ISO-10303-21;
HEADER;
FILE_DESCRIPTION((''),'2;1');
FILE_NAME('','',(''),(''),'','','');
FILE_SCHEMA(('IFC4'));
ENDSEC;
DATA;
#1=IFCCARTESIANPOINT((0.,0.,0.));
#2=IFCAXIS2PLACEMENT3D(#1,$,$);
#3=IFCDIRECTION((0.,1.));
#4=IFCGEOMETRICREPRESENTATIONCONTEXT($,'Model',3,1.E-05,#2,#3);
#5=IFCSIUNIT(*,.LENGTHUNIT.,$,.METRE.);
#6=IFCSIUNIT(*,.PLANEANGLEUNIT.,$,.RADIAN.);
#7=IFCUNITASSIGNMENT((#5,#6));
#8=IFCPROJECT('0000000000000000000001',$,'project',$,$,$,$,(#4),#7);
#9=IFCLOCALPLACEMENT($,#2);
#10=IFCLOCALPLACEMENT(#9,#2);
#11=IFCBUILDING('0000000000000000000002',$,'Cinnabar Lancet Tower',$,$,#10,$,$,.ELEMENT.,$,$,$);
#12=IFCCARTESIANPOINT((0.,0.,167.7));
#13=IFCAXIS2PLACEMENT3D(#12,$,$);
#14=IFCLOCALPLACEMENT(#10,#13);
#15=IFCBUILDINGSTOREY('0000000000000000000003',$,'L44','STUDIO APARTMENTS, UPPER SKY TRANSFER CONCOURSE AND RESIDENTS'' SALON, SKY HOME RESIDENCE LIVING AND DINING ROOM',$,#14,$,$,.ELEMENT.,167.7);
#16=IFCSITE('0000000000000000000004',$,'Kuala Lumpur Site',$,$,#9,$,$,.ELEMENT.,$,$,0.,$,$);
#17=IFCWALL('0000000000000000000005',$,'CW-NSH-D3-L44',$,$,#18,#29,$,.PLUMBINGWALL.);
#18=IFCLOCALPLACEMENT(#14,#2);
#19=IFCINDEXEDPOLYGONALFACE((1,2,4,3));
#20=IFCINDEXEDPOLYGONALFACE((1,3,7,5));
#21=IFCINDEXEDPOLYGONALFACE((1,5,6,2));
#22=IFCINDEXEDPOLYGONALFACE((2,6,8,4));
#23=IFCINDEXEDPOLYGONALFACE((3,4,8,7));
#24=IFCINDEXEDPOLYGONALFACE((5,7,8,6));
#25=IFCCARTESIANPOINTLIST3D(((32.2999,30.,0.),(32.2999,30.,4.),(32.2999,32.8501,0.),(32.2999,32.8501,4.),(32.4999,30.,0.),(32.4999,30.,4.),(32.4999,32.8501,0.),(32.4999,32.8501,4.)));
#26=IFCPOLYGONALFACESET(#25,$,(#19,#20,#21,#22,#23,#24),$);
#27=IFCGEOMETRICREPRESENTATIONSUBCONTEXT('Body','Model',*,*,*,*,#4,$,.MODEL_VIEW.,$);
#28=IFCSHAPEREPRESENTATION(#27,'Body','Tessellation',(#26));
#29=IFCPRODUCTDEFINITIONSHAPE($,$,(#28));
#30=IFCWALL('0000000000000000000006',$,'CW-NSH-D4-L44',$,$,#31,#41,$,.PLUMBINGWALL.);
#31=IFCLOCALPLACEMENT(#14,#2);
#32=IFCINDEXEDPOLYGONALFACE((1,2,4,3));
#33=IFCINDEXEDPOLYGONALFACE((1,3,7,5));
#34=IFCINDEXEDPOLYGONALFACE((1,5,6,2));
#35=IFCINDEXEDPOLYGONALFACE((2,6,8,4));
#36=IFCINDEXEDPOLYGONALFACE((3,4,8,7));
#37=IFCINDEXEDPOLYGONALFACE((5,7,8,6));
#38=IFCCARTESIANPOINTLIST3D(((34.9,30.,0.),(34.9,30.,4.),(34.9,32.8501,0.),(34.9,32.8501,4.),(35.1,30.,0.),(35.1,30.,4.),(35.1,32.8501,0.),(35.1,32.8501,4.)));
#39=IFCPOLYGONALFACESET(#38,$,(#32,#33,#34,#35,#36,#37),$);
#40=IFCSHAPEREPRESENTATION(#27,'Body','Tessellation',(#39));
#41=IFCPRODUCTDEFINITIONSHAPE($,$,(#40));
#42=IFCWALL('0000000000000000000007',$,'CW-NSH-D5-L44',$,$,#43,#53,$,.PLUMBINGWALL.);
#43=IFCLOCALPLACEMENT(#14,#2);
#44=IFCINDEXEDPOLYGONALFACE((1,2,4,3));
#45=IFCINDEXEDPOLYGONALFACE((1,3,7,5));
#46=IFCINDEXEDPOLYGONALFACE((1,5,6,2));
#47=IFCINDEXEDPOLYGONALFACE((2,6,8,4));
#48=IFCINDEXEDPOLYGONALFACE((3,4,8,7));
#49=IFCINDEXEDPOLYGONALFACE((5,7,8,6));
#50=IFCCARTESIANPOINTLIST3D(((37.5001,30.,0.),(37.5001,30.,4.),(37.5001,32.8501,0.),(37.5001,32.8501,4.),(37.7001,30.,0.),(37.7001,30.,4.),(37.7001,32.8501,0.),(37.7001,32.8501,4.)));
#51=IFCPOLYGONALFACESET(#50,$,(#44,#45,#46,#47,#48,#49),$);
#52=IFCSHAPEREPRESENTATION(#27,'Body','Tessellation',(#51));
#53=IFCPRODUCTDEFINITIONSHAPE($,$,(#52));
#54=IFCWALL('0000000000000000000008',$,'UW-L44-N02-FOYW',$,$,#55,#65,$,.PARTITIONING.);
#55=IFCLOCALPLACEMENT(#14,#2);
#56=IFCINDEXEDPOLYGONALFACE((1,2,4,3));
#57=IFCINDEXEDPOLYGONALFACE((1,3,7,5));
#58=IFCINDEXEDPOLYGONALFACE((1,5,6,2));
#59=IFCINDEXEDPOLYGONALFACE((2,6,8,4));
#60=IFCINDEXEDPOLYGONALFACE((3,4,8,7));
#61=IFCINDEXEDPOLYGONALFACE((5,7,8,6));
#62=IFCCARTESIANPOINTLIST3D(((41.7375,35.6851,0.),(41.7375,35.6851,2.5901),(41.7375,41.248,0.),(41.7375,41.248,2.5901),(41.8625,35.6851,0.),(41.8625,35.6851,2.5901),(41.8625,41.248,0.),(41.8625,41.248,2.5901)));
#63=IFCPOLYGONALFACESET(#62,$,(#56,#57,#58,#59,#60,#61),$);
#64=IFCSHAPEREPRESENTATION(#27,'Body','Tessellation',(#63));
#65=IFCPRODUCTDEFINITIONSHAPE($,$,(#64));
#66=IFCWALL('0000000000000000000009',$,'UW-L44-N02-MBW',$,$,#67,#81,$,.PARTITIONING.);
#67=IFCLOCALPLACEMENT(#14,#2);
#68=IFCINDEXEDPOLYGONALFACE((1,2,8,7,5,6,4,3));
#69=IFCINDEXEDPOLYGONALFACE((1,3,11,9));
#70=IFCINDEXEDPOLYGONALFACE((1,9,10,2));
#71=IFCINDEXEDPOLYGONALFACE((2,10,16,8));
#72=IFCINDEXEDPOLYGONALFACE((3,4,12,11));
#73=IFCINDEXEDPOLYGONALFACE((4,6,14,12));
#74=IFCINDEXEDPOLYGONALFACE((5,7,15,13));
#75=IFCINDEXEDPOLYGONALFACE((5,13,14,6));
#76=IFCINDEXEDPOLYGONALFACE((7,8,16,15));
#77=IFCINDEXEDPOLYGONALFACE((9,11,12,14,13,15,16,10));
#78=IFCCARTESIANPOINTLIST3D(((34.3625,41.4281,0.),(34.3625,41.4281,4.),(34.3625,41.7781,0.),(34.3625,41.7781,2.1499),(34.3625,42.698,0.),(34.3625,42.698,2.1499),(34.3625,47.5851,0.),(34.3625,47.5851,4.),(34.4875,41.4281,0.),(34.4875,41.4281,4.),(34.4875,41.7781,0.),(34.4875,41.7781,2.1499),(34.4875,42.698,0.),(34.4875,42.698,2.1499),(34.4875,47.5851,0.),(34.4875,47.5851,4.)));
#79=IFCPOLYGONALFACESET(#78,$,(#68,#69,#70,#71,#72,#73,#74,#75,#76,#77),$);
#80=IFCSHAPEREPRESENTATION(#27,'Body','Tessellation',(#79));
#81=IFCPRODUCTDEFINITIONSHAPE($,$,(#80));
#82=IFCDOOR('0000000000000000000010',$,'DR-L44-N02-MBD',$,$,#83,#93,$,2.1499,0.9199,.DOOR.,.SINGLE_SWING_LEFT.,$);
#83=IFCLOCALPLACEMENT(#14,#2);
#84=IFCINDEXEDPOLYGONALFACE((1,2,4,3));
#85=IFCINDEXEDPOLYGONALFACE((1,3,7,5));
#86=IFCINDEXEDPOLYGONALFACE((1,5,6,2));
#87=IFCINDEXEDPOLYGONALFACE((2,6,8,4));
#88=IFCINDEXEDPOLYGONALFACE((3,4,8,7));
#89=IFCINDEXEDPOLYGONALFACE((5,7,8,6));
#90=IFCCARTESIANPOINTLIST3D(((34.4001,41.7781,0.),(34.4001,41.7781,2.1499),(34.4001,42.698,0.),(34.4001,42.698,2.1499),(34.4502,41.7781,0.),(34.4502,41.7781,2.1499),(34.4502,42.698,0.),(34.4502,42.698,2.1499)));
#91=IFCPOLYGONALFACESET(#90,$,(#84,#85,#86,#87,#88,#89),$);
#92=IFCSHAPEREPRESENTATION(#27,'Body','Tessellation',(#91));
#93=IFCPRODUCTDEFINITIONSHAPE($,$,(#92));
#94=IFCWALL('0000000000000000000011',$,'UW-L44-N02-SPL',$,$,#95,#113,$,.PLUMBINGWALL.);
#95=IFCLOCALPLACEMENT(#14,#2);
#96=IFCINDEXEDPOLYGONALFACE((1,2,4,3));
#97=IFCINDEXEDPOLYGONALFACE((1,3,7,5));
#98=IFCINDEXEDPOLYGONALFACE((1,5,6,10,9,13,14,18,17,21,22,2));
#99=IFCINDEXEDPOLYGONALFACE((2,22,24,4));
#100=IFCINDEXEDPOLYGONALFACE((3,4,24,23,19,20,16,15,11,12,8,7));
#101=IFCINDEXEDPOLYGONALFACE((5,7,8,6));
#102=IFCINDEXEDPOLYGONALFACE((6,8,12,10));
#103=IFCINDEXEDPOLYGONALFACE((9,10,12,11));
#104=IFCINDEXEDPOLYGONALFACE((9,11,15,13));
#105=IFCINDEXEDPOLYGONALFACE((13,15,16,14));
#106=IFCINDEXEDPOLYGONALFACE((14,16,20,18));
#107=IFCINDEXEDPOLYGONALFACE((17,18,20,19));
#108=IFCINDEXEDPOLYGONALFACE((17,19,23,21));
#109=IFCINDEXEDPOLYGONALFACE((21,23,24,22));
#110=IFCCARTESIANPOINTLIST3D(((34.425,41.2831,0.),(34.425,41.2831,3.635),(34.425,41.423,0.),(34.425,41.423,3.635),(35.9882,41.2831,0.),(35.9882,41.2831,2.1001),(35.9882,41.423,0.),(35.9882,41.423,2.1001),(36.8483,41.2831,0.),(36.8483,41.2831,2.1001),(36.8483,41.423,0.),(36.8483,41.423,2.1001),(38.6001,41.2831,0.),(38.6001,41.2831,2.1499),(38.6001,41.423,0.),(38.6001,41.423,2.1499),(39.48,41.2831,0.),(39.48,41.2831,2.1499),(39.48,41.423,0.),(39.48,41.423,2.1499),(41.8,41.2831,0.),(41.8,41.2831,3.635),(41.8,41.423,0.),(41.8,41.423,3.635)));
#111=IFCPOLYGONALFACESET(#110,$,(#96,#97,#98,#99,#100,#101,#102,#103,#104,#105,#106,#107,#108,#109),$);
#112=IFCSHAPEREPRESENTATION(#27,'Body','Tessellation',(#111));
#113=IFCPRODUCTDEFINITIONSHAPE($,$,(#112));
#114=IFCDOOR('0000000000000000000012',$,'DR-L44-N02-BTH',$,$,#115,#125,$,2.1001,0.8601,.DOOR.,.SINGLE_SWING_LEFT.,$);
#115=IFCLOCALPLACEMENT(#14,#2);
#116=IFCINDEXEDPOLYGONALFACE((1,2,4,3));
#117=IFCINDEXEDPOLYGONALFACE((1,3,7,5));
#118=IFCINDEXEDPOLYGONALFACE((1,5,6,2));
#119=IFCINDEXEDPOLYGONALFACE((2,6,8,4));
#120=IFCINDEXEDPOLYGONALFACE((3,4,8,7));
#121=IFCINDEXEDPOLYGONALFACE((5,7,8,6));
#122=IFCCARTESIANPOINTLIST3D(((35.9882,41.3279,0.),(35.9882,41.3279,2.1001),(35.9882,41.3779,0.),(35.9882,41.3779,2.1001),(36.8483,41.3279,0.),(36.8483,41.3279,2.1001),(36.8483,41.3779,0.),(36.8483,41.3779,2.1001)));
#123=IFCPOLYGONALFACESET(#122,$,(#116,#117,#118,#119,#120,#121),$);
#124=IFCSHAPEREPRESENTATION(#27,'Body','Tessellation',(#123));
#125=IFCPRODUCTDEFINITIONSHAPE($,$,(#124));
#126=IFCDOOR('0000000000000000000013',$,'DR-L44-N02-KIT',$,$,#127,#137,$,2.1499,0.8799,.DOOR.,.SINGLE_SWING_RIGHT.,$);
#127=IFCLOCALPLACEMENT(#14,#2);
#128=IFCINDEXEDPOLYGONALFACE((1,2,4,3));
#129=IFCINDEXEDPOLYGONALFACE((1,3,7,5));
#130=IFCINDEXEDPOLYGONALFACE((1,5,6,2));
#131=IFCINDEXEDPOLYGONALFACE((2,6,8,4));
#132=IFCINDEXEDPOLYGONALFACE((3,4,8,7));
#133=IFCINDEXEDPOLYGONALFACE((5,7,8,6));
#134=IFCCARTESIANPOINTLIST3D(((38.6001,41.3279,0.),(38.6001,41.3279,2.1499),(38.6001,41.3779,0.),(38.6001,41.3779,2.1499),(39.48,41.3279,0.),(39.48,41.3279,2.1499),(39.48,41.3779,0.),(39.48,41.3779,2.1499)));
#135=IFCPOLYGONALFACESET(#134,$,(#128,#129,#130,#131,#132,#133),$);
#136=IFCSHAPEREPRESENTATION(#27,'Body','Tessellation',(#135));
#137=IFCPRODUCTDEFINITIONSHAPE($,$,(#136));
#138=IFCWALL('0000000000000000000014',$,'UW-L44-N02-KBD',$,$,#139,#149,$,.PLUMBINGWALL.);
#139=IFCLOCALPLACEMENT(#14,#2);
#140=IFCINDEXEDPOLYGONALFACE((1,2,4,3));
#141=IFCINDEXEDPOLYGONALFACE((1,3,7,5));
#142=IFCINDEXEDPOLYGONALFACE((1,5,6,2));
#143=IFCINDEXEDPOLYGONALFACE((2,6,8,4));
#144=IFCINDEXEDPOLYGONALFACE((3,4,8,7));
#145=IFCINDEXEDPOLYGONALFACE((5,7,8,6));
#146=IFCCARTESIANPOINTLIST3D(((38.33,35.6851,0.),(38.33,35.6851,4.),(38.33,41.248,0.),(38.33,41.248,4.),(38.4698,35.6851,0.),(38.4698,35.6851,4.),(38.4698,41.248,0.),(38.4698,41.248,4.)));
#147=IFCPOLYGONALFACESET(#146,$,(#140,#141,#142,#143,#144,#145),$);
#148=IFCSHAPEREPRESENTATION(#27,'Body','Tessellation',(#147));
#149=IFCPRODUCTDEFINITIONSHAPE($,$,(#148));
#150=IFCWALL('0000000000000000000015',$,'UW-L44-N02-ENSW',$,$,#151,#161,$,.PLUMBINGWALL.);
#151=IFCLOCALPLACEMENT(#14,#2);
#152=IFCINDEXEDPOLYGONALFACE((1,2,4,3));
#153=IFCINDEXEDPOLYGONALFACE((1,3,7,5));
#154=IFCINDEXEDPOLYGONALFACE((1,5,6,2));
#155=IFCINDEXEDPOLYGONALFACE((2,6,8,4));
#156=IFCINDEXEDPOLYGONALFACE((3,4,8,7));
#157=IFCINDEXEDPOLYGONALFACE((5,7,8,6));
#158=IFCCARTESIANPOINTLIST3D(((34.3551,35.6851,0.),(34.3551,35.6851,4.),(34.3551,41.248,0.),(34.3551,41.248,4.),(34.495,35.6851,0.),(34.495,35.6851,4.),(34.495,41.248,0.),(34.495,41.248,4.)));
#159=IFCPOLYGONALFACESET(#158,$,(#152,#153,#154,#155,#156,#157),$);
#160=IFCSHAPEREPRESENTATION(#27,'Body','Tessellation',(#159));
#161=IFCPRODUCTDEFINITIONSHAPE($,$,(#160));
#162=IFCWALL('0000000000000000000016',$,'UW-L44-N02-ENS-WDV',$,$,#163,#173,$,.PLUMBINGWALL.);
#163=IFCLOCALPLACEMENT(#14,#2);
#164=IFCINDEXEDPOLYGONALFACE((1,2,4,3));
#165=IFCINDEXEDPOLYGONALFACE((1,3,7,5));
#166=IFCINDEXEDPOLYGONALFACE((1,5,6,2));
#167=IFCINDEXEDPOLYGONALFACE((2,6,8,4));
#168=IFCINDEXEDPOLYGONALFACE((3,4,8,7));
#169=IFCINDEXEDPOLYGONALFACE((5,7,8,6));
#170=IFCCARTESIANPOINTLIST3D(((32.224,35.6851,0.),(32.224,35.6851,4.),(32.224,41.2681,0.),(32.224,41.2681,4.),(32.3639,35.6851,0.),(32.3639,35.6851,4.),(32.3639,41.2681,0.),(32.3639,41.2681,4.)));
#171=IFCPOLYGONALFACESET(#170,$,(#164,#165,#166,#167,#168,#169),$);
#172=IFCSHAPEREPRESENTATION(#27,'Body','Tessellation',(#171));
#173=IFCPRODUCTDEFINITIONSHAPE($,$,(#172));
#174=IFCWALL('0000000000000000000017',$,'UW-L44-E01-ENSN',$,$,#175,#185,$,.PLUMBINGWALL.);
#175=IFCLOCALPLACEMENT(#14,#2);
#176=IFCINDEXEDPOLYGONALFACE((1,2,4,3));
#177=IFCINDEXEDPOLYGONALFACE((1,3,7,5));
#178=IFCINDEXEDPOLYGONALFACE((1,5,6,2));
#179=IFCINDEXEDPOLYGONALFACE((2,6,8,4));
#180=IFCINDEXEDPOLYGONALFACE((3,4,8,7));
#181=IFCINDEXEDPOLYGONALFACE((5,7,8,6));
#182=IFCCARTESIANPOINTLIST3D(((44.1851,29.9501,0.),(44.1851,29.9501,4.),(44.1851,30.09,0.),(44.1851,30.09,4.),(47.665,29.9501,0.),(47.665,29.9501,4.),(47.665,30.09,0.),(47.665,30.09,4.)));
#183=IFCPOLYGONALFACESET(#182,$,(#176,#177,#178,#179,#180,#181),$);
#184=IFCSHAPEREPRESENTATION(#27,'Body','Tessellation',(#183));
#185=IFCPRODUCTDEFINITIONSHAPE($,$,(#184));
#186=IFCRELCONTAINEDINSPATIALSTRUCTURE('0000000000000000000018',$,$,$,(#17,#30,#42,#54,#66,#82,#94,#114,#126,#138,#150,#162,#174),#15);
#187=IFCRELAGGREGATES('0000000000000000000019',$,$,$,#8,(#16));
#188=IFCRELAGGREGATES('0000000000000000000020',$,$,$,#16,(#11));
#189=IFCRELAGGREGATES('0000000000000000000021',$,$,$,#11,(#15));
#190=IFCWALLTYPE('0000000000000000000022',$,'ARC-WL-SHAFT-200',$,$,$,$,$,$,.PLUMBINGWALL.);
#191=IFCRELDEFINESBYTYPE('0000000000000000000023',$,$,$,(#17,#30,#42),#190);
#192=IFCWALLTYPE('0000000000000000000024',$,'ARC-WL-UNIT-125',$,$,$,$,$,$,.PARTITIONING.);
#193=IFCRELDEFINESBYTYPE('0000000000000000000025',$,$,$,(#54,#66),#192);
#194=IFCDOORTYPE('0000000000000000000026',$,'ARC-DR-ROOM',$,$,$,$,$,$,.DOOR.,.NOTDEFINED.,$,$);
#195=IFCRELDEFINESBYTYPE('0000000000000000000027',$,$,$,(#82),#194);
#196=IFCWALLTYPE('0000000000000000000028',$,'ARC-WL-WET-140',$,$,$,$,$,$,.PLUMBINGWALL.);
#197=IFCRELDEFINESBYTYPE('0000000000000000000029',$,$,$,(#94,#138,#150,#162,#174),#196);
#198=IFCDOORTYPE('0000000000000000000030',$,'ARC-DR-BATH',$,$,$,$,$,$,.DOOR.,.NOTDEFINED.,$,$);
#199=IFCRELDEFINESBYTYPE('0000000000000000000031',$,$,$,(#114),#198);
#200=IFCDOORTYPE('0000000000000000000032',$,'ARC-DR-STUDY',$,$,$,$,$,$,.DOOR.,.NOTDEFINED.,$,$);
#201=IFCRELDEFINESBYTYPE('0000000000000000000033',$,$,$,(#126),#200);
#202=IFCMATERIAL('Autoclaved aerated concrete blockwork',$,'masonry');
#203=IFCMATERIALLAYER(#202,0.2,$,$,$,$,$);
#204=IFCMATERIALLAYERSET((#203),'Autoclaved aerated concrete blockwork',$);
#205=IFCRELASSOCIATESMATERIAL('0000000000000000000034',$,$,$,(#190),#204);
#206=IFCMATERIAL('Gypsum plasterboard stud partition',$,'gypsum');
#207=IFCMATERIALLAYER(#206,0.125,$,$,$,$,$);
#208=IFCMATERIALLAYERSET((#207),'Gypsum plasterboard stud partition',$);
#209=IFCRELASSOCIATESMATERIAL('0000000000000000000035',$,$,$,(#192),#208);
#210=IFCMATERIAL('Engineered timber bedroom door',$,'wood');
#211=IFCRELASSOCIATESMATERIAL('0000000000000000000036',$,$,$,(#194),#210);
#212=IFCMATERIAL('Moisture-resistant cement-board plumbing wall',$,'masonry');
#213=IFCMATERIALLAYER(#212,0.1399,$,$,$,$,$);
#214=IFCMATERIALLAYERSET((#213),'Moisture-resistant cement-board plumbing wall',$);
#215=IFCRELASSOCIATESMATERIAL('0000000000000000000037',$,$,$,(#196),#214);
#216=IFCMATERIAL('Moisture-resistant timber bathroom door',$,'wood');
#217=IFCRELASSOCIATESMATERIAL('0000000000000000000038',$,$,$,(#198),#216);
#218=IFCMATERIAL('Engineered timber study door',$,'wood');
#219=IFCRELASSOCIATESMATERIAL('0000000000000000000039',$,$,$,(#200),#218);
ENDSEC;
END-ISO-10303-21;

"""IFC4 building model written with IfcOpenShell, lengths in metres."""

from ifc_helpers import new_model, si_unit, direction, frame, frame_2d, origin, place, context, subcontext, project, spatial, rectangle, extrude, material, layer, layer_set, type_object, element, fill, save


model = new_model("IFC4")

# Units and contexts
model_context = context("Model", 3, precision=1e-05, world=origin(), true_north=direction((0.0, 1.0)))
body_context = subcontext(model_context, "Body", "Model", "MODEL_VIEW")
ifc_project = project(units=[si_unit("LENGTHUNIT", "METRE"), si_unit("PLANEANGLEUNIT", "RADIAN")], contexts=[model_context])

# Site, building, storey
site_placement = place(None, origin())
site = spatial("IfcSite", under=ifc_project, at=site_placement, Name="Kuala Lumpur Site", CompositionType="ELEMENT", RefElevation=0.0)
building_placement = place(site_placement, origin())
building = spatial("IfcBuilding", under=site, at=building_placement, Name="Cinnabar Lancet Tower", CompositionType="ELEMENT")
storey_placement = place(building_placement, frame((0.0, 0.0, 167.7)))
storey = spatial("IfcBuildingStorey", under=building, at=storey_placement, Name="L44", Description="STUDIO APARTMENTS, UPPER SKY TRANSFER CONCOURSE AND RESIDENTS' SALON, SKY HOME RESIDENCE LIVING AND DINING ROOM", CompositionType="ELEMENT", Elevation=167.7)

# Shared definitions
ifc_material_1 = material(Name="Autoclaved aerated concrete blockwork", Category="masonry")
ifc_layer_1 = layer(ifc_material_1, 0.2)
ifc_layer_set_1 = layer_set([ifc_layer_1], Name="Autoclaved aerated concrete blockwork")
wall_type_1 = type_object("IfcWallType", Name="ARC-WL-SHAFT-200", PredefinedType="PLUMBINGWALL", material=ifc_layer_set_1)

# Walls
for number, where, z_axis, x_axis, name in (
    (1, (32.3999, 30.0, 0.0), (0.0, 0.0, 1.0), (0.0, 1.0, 0.0), "CW-NSH-D3-L44"),
    (2, (35.0, 30.0, 0.0), (0.0, 0.0, 1.0), (0.0, 1.0, 0.0), "CW-NSH-D4-L44"),
    (3, (37.6001, 30.0, 0.0), (0.0, 0.0, 1.0), (0.0, 1.0, 0.0), "CW-NSH-D5-L44"),
):
    element("IfcWall", number, at=place(storey_placement, frame(where, z_axis=z_axis, x_axis=x_axis)), inside=storey, type_object=wall_type_1, Name=name, PredefinedType="PLUMBINGWALL", context=body_context, shape_type="SweptSolid", body=[
        extrude(rectangle(XDim=2.8501, YDim=0.2, at=frame_2d((1.425, 0.0))), origin(), (0.0, 0.0, 1.0), 4.0),
    ])
ifc_material_2 = material(Name="Gypsum plasterboard stud partition", Category="gypsum")
ifc_layer_2 = layer(ifc_material_2, 0.125)
ifc_layer_set_2 = layer_set([ifc_layer_2], Name="Gypsum plasterboard stud partition")
wall_type_2 = type_object("IfcWallType", Name="ARC-WL-UNIT-125", PredefinedType="PARTITIONING", material=ifc_layer_set_2)
wall_1_placement = place(storey_placement, frame((41.8, 35.6851, 0.0), z_axis=(0.0, 0.0, 1.0), x_axis=(0.0, 1.0, 0.0)))
element("IfcWall", 4, at=wall_1_placement, inside=storey, type_object=wall_type_2, Name="UW-L44-N02-FOYW", PredefinedType="PARTITIONING", context=body_context, shape_type="SweptSolid", body=[
    extrude(rectangle(XDim=5.563, YDim=0.125, at=frame_2d((2.7815, 0.0))), origin(), (0.0, 0.0, 1.0), 2.5901),
])

# Wall, opening, door
wall_2_placement = place(storey_placement, frame((34.425, 41.428, 0.0), z_axis=(0.0, 0.0, 1.0), x_axis=(0.0, 1.0, 0.0)))
wall_2 = element("IfcWall", 5, at=wall_2_placement, inside=storey, type_object=wall_type_2, Name="UW-L44-N02-MBW", PredefinedType="PARTITIONING", context=body_context, shape_type="SweptSolid", body=[
    extrude(rectangle(XDim=6.157, YDim=0.125, at=frame_2d((3.0786, 0.0))), origin(), (0.0, 0.0, 1.0), 4.0),
])
opening_1_placement = place(wall_2_placement, frame((0.3501, 0.0, 0.0)))
opening_1 = element("IfcOpeningElement", 6, at=opening_1_placement, cuts=wall_2, PredefinedType="OPENING", context=body_context, shape_type="SweptSolid", body=[
    extrude(rectangle(XDim=0.9199, YDim=2.1499, at=frame_2d((0.46, 1.075))), frame((0.0, 0.0725, 0.0), z_axis=(0.0, -1.0, 0.0), x_axis=(1.0, 0.0, 0.0)), (0.0, 0.0, 1.0), 0.145),
])
ifc_material_3 = material(Name="Engineered timber bedroom door", Category="wood")
door_type_1 = type_object("IfcDoorType", Name="ARC-DR-ROOM", OperationType="NOTDEFINED", PredefinedType="DOOR", material=ifc_material_3)
door_1_placement = place(opening_1_placement, origin())
door_1 = element("IfcDoor", 7, at=door_1_placement, inside=storey, type_object=door_type_1, Name="DR-L44-N02-MBD", OperationType="SINGLE_SWING_LEFT", OverallHeight=2.1499, OverallWidth=0.9199, PredefinedType="DOOR", context=body_context, shape_type="SweptSolid", body=[
    extrude(rectangle(XDim=0.9199, YDim=2.1499, at=frame_2d((0.46, 1.075))), frame((0.0, 0.0249, 0.0), z_axis=(0.0, -1.0, 0.0), x_axis=(1.0, 0.0, 0.0)), (0.0, 0.0, 1.0), 0.05),
])
fill(opening_1, door_1)

# Wall, openings, doors
ifc_material_4 = material(Name="Moisture-resistant cement-board plumbing wall", Category="masonry")
ifc_layer_3 = layer(ifc_material_4, 0.1399)
ifc_layer_set_3 = layer_set([ifc_layer_3], Name="Moisture-resistant cement-board plumbing wall")
wall_type_3 = type_object("IfcWallType", Name="ARC-WL-WET-140", PredefinedType="PLUMBINGWALL", material=ifc_layer_set_3)
wall_3_placement = place(storey_placement, frame((34.425, 41.353, 0.0), z_axis=(0.0, 0.0, 1.0), x_axis=(1.0, 0.0, 0.0)))
wall_3 = element("IfcWall", 8, at=wall_3_placement, inside=storey, type_object=wall_type_3, Name="UW-L44-N02-SPL", PredefinedType="PLUMBINGWALL", context=body_context, shape_type="SweptSolid", body=[
    extrude(rectangle(XDim=7.375, YDim=0.1399, at=frame_2d((3.6875, 0.0))), origin(), (0.0, 0.0, 1.0), 3.635),
])
opening_2_placement = place(wall_3_placement, frame((1.563, 0.0, 0.0)))
opening_2 = element("IfcOpeningElement", 9, at=opening_2_placement, cuts=wall_3, PredefinedType="OPENING", context=body_context, shape_type="SweptSolid", body=[
    extrude(rectangle(XDim=0.8601, YDim=2.1001, at=frame_2d((0.4302, 1.05))), frame((0.0, 0.0798, 0.0), z_axis=(0.0, -1.0, 0.0), x_axis=(1.0, 0.0, 0.0)), (0.0, 0.0, 1.0), 0.1599),
])
opening_3_placement = place(wall_3_placement, frame((4.175, 0.0, 0.0)))
opening_3 = element("IfcOpeningElement", 10, at=opening_3_placement, cuts=wall_3, PredefinedType="OPENING", context=body_context, shape_type="SweptSolid", body=[
    extrude(rectangle(XDim=0.8799, YDim=2.1499, at=frame_2d((0.4399, 1.075))), frame((0.0, 0.0798, 0.0), z_axis=(0.0, -1.0, 0.0), x_axis=(1.0, 0.0, 0.0)), (0.0, 0.0, 1.0), 0.1599),
])
ifc_material_5 = material(Name="Moisture-resistant timber bathroom door", Category="wood")
door_type_2 = type_object("IfcDoorType", Name="ARC-DR-BATH", OperationType="NOTDEFINED", PredefinedType="DOOR", material=ifc_material_5)
door_2_placement = place(opening_2_placement, origin())
door_2 = element("IfcDoor", 11, at=door_2_placement, inside=storey, type_object=door_type_2, Name="DR-L44-N02-BTH", OperationType="SINGLE_SWING_LEFT", OverallHeight=2.1001, OverallWidth=0.8601, PredefinedType="DOOR", context=body_context, shape_type="SweptSolid", body=[
    extrude(rectangle(XDim=0.8601, YDim=2.1001, at=frame_2d((0.4302, 1.05))), frame((0.0, 0.0249, 0.0), z_axis=(0.0, -1.0, 0.0), x_axis=(1.0, 0.0, 0.0)), (0.0, 0.0, 1.0), 0.05),
])
fill(opening_2, door_2)
ifc_material_6 = material(Name="Engineered timber study door", Category="wood")
door_type_3 = type_object("IfcDoorType", Name="ARC-DR-STUDY", OperationType="NOTDEFINED", PredefinedType="DOOR", material=ifc_material_6)
door_3_placement = place(opening_3_placement, origin())
door_3 = element("IfcDoor", 12, at=door_3_placement, inside=storey, type_object=door_type_3, Name="DR-L44-N02-KIT", OperationType="SINGLE_SWING_RIGHT", OverallHeight=2.1499, OverallWidth=0.8799, PredefinedType="DOOR", context=body_context, shape_type="SweptSolid", body=[
    extrude(rectangle(XDim=0.8799, YDim=2.1499, at=frame_2d((0.4399, 1.075))), frame((0.0, 0.0249, 0.0), z_axis=(0.0, -1.0, 0.0), x_axis=(1.0, 0.0, 0.0)), (0.0, 0.0, 1.0), 0.05),
])
fill(opening_3, door_3)

# Walls
for number, where, z_axis, x_axis, name in (
    (13, (38.3999, 35.6851, 0.0), (0.0, 0.0, 1.0), (0.0, 1.0, 0.0), "UW-L44-N02-KBD"),
    (14, (34.425, 35.6851, 0.0), (0.0, 0.0, 1.0), (0.0, 1.0, 0.0), "UW-L44-N02-ENSW"),
):
    element("IfcWall", number, at=place(storey_placement, frame(where, z_axis=z_axis, x_axis=x_axis)), inside=storey, type_object=wall_type_3, Name=name, PredefinedType="PLUMBINGWALL", context=body_context, shape_type="SweptSolid", body=[
        extrude(rectangle(XDim=5.563, YDim=0.1399, at=frame_2d((2.7815, 0.0))), origin(), (0.0, 0.0, 1.0), 4.0),
    ])
wall_4_placement = place(storey_placement, frame((32.2939, 35.6851, 0.0), z_axis=(0.0, 0.0, 1.0), x_axis=(0.0, 1.0, 0.0)))
element("IfcWall", 15, at=wall_4_placement, inside=storey, type_object=wall_type_3, Name="UW-L44-N02-ENS-WDV", PredefinedType="PLUMBINGWALL", context=body_context, shape_type="SweptSolid", body=[
    extrude(rectangle(XDim=5.583, YDim=0.1399, at=frame_2d((2.7915, 0.0))), origin(), (0.0, 0.0, 1.0), 4.0),
])
for number, where, z_axis, x_axis, name in (
    (16, (44.1851, 30.02, 0.0), (0.0, 0.0, 1.0), (1.0, 0.0, 0.0), "UW-L44-E01-ENSN"),
):
    element("IfcWall", number, at=place(storey_placement, frame(where, z_axis=z_axis, x_axis=x_axis)), inside=storey, type_object=wall_type_3, Name=name, PredefinedType="PLUMBINGWALL", context=body_context, shape_type="SweptSolid", body=[
        extrude(rectangle(XDim=3.48, YDim=0.1399, at=frame_2d((1.74, 0.0))), origin(), (0.0, 0.0, 1.0), 4.0),
    ])

save(model, "model.ifc")
